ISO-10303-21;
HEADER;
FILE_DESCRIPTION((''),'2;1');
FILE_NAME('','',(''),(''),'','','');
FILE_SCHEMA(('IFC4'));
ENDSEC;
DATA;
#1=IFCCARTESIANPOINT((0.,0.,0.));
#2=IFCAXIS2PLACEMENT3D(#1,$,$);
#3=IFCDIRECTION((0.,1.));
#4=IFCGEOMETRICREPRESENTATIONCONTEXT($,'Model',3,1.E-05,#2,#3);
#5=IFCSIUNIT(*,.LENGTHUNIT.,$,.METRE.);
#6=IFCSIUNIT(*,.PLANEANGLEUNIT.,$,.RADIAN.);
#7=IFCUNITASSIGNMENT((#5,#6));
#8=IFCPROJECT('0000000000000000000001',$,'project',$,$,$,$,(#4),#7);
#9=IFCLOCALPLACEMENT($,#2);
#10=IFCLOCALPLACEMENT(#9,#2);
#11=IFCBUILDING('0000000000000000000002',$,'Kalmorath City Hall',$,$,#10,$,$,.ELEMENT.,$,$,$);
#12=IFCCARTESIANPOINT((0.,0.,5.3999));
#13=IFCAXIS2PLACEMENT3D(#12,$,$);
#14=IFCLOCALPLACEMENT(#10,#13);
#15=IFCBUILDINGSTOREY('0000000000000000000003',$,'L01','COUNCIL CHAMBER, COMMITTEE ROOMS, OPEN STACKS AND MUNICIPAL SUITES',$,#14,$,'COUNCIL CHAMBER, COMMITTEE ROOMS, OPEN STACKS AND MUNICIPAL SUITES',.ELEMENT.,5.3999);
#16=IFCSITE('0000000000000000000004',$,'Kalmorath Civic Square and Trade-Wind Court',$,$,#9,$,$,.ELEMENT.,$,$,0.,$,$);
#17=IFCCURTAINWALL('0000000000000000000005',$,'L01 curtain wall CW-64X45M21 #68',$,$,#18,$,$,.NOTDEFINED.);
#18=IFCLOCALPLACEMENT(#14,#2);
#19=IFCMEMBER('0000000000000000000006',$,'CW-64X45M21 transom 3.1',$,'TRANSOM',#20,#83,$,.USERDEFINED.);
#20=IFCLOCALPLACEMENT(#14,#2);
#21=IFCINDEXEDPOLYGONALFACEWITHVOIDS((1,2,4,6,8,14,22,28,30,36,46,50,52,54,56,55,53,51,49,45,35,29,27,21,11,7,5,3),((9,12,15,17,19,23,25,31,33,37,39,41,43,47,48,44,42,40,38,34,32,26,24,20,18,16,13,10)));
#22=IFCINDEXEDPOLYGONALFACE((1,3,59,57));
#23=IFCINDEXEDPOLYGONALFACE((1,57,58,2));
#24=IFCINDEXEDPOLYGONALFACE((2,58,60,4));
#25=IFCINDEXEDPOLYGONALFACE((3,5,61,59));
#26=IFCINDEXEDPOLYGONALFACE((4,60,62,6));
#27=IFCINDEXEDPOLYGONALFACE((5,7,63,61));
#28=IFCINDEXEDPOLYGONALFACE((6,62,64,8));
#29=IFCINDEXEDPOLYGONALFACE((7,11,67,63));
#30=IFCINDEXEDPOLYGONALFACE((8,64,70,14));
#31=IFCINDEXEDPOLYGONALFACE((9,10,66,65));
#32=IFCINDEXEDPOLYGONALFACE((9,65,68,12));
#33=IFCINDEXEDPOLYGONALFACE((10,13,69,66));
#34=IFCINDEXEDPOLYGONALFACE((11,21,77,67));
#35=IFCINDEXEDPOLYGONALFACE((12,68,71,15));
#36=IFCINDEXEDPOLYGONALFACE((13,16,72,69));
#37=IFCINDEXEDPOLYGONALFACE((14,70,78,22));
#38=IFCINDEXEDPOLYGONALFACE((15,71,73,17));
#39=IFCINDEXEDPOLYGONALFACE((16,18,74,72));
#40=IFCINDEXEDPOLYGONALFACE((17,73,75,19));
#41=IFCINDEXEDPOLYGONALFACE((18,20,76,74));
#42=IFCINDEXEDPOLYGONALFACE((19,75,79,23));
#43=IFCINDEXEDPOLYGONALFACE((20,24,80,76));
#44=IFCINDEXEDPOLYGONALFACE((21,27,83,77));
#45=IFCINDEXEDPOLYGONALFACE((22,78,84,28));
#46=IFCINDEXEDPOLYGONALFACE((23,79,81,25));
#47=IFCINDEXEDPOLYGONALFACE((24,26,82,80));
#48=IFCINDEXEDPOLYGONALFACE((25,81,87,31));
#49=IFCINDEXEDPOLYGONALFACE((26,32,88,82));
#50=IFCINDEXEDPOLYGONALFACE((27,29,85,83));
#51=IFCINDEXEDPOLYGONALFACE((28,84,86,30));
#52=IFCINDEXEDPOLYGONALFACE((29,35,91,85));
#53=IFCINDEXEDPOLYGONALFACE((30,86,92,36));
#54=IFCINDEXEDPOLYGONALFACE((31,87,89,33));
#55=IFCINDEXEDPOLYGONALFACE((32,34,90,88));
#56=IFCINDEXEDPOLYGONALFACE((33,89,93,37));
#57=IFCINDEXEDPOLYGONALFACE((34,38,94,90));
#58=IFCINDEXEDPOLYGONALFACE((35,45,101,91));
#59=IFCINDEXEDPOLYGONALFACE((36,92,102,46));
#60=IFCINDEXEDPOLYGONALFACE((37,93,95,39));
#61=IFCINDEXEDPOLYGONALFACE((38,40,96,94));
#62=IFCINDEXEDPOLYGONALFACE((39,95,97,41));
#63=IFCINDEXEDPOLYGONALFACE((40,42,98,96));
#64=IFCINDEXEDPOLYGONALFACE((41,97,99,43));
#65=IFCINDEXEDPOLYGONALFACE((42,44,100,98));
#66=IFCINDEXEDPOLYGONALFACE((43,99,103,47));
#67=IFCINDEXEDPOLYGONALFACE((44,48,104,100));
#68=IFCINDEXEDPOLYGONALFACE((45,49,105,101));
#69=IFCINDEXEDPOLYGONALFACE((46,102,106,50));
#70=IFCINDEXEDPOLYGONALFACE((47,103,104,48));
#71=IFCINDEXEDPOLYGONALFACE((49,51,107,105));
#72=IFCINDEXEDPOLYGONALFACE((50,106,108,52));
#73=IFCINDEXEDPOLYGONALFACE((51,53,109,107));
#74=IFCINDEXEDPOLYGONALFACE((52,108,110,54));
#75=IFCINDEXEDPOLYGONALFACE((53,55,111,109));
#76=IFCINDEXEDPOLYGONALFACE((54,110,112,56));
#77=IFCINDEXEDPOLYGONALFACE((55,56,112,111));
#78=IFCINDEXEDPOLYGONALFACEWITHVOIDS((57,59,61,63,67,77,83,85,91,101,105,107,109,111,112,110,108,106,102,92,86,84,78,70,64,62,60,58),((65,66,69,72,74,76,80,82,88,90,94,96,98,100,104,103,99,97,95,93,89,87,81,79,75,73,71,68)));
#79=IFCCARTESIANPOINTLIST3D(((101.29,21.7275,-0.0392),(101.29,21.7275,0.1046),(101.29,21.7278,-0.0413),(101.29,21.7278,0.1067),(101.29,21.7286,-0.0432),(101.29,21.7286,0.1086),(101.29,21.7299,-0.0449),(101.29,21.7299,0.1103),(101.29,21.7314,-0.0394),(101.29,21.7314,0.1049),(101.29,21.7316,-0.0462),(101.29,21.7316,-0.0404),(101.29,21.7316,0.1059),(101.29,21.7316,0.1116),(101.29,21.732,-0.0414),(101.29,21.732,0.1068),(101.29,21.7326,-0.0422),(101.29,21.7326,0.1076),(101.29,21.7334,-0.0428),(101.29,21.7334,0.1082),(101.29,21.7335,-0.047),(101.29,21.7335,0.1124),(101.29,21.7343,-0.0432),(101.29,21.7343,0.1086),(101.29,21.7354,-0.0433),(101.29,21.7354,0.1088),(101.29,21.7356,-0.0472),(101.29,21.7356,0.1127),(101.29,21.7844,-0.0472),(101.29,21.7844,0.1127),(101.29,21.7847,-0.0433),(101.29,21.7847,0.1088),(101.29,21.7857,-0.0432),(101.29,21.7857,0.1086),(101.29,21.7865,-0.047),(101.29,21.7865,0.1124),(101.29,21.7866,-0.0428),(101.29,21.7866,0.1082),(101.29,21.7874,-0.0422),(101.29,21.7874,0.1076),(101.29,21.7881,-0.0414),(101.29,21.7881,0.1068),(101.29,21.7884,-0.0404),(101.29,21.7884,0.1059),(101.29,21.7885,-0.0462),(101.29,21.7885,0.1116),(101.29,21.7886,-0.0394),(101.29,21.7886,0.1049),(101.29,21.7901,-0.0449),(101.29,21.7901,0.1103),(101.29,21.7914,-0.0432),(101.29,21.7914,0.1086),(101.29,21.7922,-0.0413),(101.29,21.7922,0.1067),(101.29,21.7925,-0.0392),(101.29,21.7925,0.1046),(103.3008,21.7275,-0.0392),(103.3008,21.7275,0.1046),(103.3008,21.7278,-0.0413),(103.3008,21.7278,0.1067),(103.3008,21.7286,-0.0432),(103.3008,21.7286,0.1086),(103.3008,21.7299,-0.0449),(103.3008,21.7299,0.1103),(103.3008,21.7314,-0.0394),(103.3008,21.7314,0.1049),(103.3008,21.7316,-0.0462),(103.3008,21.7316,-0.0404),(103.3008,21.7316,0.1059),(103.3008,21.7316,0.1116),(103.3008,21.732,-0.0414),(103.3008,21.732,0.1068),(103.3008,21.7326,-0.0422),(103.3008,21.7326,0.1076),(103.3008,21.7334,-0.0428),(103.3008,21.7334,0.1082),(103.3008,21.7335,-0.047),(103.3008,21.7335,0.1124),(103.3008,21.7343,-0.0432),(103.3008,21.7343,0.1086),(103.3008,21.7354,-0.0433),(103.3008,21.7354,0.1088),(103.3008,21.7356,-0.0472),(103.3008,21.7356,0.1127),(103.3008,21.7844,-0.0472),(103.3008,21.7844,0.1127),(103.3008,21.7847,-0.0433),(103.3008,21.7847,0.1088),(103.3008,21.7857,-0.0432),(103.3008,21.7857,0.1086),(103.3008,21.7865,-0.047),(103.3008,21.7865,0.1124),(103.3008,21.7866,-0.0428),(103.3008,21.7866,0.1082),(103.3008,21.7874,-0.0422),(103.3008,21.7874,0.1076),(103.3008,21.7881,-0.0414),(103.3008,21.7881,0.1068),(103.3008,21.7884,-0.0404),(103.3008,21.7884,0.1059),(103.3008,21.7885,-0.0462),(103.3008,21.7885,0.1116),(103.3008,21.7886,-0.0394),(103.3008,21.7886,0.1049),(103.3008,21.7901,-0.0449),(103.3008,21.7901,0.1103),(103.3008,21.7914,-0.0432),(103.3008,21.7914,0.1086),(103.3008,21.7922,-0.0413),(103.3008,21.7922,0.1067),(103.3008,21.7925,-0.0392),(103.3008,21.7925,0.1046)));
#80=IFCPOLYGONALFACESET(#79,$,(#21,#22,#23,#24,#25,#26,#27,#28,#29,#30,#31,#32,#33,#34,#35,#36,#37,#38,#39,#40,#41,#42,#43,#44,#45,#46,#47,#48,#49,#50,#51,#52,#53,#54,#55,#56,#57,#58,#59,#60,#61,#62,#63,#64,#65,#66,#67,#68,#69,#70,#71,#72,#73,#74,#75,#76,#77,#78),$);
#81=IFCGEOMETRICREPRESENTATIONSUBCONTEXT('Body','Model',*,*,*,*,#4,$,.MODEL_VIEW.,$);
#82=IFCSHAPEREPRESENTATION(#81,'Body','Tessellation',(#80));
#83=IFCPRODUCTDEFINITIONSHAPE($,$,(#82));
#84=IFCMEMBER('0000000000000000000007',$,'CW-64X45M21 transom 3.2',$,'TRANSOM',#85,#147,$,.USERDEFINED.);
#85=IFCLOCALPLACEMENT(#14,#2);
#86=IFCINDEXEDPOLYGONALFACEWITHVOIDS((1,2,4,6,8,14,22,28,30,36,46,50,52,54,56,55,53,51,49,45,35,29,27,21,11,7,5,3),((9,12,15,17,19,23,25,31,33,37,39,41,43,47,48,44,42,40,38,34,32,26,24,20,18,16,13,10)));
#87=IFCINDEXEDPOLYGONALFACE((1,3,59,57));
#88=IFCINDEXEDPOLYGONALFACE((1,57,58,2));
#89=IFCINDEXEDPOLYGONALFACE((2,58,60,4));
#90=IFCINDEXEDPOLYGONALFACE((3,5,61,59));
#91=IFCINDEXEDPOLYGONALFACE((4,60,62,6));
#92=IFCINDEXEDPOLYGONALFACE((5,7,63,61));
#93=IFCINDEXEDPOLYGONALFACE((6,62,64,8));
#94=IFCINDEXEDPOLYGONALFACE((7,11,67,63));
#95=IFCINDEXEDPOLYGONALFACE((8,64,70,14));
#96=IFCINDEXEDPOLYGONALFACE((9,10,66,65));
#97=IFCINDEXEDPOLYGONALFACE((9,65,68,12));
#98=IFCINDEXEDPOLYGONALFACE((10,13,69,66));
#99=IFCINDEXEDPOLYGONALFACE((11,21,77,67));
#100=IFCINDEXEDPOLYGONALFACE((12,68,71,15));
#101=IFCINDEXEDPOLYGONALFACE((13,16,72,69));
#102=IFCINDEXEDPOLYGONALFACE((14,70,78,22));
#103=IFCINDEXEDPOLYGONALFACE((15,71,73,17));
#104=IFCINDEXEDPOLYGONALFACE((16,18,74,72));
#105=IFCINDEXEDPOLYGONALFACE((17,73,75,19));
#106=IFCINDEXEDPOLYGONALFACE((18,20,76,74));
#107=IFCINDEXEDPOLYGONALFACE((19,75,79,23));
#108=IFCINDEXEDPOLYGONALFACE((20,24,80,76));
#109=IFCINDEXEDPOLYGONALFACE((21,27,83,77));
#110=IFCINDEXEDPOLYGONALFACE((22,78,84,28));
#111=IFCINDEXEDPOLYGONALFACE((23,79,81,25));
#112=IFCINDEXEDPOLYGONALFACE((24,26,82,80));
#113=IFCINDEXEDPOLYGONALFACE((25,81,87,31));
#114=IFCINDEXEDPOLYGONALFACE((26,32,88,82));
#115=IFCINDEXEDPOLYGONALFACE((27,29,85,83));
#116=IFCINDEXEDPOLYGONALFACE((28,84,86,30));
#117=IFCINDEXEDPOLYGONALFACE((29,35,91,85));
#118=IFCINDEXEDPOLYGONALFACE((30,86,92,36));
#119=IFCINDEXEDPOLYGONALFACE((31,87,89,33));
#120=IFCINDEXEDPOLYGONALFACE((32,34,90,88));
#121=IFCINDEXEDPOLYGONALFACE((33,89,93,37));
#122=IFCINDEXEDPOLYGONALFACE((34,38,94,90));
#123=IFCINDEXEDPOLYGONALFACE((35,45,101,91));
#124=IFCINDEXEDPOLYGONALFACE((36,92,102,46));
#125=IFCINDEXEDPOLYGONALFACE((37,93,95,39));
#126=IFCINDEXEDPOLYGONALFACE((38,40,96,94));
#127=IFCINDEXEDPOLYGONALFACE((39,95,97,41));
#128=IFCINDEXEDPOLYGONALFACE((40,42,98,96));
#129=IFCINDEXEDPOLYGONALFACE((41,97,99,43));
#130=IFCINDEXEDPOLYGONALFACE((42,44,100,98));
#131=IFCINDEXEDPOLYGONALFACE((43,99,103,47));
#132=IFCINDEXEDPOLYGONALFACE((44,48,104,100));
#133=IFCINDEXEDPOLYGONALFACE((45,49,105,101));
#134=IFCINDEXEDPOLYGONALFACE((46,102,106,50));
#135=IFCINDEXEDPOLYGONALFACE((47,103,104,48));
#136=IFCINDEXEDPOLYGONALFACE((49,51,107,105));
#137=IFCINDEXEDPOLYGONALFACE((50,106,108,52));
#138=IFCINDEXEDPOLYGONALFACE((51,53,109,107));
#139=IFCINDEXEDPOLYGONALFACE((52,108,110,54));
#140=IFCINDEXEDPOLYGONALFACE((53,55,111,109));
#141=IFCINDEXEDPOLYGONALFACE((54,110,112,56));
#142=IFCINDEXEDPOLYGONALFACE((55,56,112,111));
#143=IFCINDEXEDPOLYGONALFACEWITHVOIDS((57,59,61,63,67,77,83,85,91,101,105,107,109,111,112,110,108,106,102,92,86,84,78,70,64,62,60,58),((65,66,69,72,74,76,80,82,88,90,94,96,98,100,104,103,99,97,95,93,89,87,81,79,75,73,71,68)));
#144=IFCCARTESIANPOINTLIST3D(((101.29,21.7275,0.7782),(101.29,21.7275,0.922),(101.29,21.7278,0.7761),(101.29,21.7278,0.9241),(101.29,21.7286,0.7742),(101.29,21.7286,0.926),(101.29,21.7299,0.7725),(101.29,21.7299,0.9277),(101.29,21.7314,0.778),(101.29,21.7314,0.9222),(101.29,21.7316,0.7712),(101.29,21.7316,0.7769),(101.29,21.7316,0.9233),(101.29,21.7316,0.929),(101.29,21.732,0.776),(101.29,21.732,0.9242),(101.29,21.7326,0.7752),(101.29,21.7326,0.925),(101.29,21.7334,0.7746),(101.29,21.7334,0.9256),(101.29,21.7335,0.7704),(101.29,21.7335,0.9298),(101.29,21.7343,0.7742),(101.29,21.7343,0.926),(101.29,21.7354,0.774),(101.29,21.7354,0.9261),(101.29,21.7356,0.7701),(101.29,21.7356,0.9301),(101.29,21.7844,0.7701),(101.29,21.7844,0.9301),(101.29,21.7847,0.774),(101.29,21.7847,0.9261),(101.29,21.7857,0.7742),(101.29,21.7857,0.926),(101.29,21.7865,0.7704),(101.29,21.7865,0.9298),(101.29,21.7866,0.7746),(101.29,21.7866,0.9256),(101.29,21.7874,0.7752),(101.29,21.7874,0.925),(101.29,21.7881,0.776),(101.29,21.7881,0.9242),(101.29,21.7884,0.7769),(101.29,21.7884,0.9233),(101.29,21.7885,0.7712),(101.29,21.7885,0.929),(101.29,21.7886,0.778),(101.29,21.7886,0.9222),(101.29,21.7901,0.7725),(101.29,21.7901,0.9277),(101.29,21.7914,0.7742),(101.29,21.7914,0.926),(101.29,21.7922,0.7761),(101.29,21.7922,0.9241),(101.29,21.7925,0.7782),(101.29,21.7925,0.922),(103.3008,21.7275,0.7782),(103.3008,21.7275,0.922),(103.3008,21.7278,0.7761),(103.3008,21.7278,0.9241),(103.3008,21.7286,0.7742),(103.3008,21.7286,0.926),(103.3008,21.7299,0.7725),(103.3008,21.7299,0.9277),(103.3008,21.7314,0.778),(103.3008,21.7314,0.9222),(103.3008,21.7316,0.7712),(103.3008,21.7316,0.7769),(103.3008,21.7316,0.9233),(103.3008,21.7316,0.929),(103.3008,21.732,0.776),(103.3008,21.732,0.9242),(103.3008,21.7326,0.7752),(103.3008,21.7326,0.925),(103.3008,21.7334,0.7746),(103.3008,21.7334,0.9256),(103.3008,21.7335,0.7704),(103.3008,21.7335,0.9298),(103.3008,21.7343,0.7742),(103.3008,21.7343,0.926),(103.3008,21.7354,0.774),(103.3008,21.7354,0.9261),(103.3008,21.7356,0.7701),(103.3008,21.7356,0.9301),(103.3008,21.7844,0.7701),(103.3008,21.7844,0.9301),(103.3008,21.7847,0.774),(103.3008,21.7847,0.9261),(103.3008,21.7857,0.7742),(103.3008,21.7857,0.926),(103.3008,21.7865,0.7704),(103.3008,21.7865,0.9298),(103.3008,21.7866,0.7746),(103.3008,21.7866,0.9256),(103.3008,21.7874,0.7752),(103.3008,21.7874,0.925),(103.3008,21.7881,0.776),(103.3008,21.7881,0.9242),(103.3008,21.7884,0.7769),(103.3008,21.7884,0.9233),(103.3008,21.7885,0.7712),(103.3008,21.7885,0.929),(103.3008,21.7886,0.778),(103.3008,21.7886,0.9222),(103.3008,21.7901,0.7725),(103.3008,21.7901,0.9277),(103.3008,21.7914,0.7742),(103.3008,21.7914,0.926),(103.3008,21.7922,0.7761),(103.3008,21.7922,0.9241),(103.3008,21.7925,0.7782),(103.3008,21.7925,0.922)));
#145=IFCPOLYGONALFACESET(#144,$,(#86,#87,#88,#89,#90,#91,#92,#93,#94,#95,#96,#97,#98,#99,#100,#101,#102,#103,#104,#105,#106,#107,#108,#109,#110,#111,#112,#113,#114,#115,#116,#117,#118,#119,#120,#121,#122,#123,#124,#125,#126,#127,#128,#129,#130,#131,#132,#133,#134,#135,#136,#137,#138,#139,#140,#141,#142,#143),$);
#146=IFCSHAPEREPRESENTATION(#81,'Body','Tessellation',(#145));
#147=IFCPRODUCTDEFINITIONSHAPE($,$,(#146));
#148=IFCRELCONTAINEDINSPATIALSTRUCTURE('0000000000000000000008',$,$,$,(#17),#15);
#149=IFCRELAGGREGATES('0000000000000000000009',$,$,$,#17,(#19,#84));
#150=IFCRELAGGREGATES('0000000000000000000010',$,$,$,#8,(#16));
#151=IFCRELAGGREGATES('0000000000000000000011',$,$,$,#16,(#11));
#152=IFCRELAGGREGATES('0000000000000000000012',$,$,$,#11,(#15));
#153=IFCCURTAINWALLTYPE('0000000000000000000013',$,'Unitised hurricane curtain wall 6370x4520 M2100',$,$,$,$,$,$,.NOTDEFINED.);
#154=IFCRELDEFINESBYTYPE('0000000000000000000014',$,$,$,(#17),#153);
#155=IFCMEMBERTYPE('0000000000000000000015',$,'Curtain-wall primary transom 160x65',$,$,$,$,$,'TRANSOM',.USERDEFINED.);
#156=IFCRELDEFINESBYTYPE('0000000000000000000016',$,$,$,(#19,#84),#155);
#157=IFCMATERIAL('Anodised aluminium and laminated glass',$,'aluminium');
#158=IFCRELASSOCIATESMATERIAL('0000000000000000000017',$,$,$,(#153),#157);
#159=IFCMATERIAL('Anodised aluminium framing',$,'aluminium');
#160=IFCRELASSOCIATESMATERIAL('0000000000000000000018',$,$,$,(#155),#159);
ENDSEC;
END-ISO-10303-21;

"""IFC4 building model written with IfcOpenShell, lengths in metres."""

from ifc_helpers import new_model, si_unit, direction, frame, origin, origin_2d, place, context, subcontext, project, spatial, hollow_rectangle, extrude, material, material_profile, profile_set, type_object, element, aggregate, save


model = new_model("IFC4")

# Units and contexts
model_context = context("Model", 3, precision=1e-05, world=origin(), true_north=direction((0.0, 1.0)))
body_context = subcontext(model_context, "Body", "Model", "MODEL_VIEW")
ifc_project = project(units=[si_unit("LENGTHUNIT", "METRE"), si_unit("PLANEANGLEUNIT", "RADIAN")], contexts=[model_context])

# Site, building, storey
site_placement = place(None, origin())
site = spatial("IfcSite", under=ifc_project, at=site_placement, Name="Kalmorath Civic Square and Trade-Wind Court", CompositionType="ELEMENT", RefElevation=0.0)
building_placement = place(site_placement, origin())
building = spatial("IfcBuilding", under=site, at=building_placement, Name="Kalmorath City Hall", CompositionType="ELEMENT")
storey_placement = place(building_placement, frame((0.0, 0.0, 5.3999)))
storey = spatial("IfcBuildingStorey", under=building, at=storey_placement, Name="L01", Description="COUNCIL CHAMBER, COMMITTEE ROOMS, OPEN STACKS AND MUNICIPAL SUITES", LongName="COUNCIL CHAMBER, COMMITTEE ROOMS, OPEN STACKS AND MUNICIPAL SUITES", CompositionType="ELEMENT", Elevation=5.3999)

# Curtain wall
ifc_material_1 = material(Name="Anodised aluminium and laminated glass", Category="aluminium")
curtain_wall_type_1 = type_object("IfcCurtainWallType", Name="Unitised hurricane curtain wall 6370x4520 M2100", PredefinedType="NOTDEFINED", material=ifc_material_1)
curtain_wall_1_placement = place(storey_placement, origin())
curtain_wall_1 = element("IfcCurtainWall", 1, at=curtain_wall_1_placement, inside=storey, type_object=curtain_wall_type_1, Name="L01 curtain wall CW-64X45M21 #68", PredefinedType="NOTDEFINED")

# Members
ifc_material_2 = material(Name="Anodised aluminium framing", Category="aluminium")
ifc_material_profile_1 = material_profile(ifc_material_2, hollow_rectangle(XDim=0.0649, YDim=0.1599, WallThickness=0.0039, InnerFilletRadius=0.0039, OuterFilletRadius=0.0081, at=origin_2d()), Name="ALU-TRN-160X65X4")
ifc_profile_set_1 = profile_set([ifc_material_profile_1], Name="Anodised aluminium framing")
member_type_1 = type_object("IfcMemberType", Name="Curtain-wall primary transom 160x65", ElementType="TRANSOM", PredefinedType="USERDEFINED", material=ifc_profile_set_1)
member_1_placement = place(storey_placement, frame((103.3008, 21.76, 0.0327), z_axis=(-1.0, 0.0, 0.0), x_axis=(0.0, -1.0, 0.0)))
member_1 = element("IfcMember", 2, at=member_1_placement, type_object=member_type_1, Name="CW-64X45M21 transom 3.1", ObjectType="TRANSOM", PredefinedType="USERDEFINED", context=body_context, shape_type="SweptSolid", body=[
    extrude(hollow_rectangle(XDim=0.0649, YDim=0.1599, WallThickness=0.0039, InnerFilletRadius=0.0039, OuterFilletRadius=0.0081, at=origin_2d()), origin(), (0.0, 0.0, 1.0), 2.0107),
])
member_2_placement = place(storey_placement, frame((103.3008, 21.76, 0.8501), z_axis=(-1.0, 0.0, 0.0), x_axis=(0.0, -1.0, 0.0)))
member_2 = element("IfcMember", 3, at=member_2_placement, type_object=member_type_1, Name="CW-64X45M21 transom 3.2", ObjectType="TRANSOM", PredefinedType="USERDEFINED", context=body_context, shape_type="SweptSolid", body=[
    extrude(hollow_rectangle(XDim=0.0649, YDim=0.1599, WallThickness=0.0039, InnerFilletRadius=0.0039, OuterFilletRadius=0.0081, at=origin_2d()), origin(), (0.0, 0.0, 1.0), 2.0107),
])

aggregate(curtain_wall_1, [member_1, member_2])

save(model, "model.ifc")
